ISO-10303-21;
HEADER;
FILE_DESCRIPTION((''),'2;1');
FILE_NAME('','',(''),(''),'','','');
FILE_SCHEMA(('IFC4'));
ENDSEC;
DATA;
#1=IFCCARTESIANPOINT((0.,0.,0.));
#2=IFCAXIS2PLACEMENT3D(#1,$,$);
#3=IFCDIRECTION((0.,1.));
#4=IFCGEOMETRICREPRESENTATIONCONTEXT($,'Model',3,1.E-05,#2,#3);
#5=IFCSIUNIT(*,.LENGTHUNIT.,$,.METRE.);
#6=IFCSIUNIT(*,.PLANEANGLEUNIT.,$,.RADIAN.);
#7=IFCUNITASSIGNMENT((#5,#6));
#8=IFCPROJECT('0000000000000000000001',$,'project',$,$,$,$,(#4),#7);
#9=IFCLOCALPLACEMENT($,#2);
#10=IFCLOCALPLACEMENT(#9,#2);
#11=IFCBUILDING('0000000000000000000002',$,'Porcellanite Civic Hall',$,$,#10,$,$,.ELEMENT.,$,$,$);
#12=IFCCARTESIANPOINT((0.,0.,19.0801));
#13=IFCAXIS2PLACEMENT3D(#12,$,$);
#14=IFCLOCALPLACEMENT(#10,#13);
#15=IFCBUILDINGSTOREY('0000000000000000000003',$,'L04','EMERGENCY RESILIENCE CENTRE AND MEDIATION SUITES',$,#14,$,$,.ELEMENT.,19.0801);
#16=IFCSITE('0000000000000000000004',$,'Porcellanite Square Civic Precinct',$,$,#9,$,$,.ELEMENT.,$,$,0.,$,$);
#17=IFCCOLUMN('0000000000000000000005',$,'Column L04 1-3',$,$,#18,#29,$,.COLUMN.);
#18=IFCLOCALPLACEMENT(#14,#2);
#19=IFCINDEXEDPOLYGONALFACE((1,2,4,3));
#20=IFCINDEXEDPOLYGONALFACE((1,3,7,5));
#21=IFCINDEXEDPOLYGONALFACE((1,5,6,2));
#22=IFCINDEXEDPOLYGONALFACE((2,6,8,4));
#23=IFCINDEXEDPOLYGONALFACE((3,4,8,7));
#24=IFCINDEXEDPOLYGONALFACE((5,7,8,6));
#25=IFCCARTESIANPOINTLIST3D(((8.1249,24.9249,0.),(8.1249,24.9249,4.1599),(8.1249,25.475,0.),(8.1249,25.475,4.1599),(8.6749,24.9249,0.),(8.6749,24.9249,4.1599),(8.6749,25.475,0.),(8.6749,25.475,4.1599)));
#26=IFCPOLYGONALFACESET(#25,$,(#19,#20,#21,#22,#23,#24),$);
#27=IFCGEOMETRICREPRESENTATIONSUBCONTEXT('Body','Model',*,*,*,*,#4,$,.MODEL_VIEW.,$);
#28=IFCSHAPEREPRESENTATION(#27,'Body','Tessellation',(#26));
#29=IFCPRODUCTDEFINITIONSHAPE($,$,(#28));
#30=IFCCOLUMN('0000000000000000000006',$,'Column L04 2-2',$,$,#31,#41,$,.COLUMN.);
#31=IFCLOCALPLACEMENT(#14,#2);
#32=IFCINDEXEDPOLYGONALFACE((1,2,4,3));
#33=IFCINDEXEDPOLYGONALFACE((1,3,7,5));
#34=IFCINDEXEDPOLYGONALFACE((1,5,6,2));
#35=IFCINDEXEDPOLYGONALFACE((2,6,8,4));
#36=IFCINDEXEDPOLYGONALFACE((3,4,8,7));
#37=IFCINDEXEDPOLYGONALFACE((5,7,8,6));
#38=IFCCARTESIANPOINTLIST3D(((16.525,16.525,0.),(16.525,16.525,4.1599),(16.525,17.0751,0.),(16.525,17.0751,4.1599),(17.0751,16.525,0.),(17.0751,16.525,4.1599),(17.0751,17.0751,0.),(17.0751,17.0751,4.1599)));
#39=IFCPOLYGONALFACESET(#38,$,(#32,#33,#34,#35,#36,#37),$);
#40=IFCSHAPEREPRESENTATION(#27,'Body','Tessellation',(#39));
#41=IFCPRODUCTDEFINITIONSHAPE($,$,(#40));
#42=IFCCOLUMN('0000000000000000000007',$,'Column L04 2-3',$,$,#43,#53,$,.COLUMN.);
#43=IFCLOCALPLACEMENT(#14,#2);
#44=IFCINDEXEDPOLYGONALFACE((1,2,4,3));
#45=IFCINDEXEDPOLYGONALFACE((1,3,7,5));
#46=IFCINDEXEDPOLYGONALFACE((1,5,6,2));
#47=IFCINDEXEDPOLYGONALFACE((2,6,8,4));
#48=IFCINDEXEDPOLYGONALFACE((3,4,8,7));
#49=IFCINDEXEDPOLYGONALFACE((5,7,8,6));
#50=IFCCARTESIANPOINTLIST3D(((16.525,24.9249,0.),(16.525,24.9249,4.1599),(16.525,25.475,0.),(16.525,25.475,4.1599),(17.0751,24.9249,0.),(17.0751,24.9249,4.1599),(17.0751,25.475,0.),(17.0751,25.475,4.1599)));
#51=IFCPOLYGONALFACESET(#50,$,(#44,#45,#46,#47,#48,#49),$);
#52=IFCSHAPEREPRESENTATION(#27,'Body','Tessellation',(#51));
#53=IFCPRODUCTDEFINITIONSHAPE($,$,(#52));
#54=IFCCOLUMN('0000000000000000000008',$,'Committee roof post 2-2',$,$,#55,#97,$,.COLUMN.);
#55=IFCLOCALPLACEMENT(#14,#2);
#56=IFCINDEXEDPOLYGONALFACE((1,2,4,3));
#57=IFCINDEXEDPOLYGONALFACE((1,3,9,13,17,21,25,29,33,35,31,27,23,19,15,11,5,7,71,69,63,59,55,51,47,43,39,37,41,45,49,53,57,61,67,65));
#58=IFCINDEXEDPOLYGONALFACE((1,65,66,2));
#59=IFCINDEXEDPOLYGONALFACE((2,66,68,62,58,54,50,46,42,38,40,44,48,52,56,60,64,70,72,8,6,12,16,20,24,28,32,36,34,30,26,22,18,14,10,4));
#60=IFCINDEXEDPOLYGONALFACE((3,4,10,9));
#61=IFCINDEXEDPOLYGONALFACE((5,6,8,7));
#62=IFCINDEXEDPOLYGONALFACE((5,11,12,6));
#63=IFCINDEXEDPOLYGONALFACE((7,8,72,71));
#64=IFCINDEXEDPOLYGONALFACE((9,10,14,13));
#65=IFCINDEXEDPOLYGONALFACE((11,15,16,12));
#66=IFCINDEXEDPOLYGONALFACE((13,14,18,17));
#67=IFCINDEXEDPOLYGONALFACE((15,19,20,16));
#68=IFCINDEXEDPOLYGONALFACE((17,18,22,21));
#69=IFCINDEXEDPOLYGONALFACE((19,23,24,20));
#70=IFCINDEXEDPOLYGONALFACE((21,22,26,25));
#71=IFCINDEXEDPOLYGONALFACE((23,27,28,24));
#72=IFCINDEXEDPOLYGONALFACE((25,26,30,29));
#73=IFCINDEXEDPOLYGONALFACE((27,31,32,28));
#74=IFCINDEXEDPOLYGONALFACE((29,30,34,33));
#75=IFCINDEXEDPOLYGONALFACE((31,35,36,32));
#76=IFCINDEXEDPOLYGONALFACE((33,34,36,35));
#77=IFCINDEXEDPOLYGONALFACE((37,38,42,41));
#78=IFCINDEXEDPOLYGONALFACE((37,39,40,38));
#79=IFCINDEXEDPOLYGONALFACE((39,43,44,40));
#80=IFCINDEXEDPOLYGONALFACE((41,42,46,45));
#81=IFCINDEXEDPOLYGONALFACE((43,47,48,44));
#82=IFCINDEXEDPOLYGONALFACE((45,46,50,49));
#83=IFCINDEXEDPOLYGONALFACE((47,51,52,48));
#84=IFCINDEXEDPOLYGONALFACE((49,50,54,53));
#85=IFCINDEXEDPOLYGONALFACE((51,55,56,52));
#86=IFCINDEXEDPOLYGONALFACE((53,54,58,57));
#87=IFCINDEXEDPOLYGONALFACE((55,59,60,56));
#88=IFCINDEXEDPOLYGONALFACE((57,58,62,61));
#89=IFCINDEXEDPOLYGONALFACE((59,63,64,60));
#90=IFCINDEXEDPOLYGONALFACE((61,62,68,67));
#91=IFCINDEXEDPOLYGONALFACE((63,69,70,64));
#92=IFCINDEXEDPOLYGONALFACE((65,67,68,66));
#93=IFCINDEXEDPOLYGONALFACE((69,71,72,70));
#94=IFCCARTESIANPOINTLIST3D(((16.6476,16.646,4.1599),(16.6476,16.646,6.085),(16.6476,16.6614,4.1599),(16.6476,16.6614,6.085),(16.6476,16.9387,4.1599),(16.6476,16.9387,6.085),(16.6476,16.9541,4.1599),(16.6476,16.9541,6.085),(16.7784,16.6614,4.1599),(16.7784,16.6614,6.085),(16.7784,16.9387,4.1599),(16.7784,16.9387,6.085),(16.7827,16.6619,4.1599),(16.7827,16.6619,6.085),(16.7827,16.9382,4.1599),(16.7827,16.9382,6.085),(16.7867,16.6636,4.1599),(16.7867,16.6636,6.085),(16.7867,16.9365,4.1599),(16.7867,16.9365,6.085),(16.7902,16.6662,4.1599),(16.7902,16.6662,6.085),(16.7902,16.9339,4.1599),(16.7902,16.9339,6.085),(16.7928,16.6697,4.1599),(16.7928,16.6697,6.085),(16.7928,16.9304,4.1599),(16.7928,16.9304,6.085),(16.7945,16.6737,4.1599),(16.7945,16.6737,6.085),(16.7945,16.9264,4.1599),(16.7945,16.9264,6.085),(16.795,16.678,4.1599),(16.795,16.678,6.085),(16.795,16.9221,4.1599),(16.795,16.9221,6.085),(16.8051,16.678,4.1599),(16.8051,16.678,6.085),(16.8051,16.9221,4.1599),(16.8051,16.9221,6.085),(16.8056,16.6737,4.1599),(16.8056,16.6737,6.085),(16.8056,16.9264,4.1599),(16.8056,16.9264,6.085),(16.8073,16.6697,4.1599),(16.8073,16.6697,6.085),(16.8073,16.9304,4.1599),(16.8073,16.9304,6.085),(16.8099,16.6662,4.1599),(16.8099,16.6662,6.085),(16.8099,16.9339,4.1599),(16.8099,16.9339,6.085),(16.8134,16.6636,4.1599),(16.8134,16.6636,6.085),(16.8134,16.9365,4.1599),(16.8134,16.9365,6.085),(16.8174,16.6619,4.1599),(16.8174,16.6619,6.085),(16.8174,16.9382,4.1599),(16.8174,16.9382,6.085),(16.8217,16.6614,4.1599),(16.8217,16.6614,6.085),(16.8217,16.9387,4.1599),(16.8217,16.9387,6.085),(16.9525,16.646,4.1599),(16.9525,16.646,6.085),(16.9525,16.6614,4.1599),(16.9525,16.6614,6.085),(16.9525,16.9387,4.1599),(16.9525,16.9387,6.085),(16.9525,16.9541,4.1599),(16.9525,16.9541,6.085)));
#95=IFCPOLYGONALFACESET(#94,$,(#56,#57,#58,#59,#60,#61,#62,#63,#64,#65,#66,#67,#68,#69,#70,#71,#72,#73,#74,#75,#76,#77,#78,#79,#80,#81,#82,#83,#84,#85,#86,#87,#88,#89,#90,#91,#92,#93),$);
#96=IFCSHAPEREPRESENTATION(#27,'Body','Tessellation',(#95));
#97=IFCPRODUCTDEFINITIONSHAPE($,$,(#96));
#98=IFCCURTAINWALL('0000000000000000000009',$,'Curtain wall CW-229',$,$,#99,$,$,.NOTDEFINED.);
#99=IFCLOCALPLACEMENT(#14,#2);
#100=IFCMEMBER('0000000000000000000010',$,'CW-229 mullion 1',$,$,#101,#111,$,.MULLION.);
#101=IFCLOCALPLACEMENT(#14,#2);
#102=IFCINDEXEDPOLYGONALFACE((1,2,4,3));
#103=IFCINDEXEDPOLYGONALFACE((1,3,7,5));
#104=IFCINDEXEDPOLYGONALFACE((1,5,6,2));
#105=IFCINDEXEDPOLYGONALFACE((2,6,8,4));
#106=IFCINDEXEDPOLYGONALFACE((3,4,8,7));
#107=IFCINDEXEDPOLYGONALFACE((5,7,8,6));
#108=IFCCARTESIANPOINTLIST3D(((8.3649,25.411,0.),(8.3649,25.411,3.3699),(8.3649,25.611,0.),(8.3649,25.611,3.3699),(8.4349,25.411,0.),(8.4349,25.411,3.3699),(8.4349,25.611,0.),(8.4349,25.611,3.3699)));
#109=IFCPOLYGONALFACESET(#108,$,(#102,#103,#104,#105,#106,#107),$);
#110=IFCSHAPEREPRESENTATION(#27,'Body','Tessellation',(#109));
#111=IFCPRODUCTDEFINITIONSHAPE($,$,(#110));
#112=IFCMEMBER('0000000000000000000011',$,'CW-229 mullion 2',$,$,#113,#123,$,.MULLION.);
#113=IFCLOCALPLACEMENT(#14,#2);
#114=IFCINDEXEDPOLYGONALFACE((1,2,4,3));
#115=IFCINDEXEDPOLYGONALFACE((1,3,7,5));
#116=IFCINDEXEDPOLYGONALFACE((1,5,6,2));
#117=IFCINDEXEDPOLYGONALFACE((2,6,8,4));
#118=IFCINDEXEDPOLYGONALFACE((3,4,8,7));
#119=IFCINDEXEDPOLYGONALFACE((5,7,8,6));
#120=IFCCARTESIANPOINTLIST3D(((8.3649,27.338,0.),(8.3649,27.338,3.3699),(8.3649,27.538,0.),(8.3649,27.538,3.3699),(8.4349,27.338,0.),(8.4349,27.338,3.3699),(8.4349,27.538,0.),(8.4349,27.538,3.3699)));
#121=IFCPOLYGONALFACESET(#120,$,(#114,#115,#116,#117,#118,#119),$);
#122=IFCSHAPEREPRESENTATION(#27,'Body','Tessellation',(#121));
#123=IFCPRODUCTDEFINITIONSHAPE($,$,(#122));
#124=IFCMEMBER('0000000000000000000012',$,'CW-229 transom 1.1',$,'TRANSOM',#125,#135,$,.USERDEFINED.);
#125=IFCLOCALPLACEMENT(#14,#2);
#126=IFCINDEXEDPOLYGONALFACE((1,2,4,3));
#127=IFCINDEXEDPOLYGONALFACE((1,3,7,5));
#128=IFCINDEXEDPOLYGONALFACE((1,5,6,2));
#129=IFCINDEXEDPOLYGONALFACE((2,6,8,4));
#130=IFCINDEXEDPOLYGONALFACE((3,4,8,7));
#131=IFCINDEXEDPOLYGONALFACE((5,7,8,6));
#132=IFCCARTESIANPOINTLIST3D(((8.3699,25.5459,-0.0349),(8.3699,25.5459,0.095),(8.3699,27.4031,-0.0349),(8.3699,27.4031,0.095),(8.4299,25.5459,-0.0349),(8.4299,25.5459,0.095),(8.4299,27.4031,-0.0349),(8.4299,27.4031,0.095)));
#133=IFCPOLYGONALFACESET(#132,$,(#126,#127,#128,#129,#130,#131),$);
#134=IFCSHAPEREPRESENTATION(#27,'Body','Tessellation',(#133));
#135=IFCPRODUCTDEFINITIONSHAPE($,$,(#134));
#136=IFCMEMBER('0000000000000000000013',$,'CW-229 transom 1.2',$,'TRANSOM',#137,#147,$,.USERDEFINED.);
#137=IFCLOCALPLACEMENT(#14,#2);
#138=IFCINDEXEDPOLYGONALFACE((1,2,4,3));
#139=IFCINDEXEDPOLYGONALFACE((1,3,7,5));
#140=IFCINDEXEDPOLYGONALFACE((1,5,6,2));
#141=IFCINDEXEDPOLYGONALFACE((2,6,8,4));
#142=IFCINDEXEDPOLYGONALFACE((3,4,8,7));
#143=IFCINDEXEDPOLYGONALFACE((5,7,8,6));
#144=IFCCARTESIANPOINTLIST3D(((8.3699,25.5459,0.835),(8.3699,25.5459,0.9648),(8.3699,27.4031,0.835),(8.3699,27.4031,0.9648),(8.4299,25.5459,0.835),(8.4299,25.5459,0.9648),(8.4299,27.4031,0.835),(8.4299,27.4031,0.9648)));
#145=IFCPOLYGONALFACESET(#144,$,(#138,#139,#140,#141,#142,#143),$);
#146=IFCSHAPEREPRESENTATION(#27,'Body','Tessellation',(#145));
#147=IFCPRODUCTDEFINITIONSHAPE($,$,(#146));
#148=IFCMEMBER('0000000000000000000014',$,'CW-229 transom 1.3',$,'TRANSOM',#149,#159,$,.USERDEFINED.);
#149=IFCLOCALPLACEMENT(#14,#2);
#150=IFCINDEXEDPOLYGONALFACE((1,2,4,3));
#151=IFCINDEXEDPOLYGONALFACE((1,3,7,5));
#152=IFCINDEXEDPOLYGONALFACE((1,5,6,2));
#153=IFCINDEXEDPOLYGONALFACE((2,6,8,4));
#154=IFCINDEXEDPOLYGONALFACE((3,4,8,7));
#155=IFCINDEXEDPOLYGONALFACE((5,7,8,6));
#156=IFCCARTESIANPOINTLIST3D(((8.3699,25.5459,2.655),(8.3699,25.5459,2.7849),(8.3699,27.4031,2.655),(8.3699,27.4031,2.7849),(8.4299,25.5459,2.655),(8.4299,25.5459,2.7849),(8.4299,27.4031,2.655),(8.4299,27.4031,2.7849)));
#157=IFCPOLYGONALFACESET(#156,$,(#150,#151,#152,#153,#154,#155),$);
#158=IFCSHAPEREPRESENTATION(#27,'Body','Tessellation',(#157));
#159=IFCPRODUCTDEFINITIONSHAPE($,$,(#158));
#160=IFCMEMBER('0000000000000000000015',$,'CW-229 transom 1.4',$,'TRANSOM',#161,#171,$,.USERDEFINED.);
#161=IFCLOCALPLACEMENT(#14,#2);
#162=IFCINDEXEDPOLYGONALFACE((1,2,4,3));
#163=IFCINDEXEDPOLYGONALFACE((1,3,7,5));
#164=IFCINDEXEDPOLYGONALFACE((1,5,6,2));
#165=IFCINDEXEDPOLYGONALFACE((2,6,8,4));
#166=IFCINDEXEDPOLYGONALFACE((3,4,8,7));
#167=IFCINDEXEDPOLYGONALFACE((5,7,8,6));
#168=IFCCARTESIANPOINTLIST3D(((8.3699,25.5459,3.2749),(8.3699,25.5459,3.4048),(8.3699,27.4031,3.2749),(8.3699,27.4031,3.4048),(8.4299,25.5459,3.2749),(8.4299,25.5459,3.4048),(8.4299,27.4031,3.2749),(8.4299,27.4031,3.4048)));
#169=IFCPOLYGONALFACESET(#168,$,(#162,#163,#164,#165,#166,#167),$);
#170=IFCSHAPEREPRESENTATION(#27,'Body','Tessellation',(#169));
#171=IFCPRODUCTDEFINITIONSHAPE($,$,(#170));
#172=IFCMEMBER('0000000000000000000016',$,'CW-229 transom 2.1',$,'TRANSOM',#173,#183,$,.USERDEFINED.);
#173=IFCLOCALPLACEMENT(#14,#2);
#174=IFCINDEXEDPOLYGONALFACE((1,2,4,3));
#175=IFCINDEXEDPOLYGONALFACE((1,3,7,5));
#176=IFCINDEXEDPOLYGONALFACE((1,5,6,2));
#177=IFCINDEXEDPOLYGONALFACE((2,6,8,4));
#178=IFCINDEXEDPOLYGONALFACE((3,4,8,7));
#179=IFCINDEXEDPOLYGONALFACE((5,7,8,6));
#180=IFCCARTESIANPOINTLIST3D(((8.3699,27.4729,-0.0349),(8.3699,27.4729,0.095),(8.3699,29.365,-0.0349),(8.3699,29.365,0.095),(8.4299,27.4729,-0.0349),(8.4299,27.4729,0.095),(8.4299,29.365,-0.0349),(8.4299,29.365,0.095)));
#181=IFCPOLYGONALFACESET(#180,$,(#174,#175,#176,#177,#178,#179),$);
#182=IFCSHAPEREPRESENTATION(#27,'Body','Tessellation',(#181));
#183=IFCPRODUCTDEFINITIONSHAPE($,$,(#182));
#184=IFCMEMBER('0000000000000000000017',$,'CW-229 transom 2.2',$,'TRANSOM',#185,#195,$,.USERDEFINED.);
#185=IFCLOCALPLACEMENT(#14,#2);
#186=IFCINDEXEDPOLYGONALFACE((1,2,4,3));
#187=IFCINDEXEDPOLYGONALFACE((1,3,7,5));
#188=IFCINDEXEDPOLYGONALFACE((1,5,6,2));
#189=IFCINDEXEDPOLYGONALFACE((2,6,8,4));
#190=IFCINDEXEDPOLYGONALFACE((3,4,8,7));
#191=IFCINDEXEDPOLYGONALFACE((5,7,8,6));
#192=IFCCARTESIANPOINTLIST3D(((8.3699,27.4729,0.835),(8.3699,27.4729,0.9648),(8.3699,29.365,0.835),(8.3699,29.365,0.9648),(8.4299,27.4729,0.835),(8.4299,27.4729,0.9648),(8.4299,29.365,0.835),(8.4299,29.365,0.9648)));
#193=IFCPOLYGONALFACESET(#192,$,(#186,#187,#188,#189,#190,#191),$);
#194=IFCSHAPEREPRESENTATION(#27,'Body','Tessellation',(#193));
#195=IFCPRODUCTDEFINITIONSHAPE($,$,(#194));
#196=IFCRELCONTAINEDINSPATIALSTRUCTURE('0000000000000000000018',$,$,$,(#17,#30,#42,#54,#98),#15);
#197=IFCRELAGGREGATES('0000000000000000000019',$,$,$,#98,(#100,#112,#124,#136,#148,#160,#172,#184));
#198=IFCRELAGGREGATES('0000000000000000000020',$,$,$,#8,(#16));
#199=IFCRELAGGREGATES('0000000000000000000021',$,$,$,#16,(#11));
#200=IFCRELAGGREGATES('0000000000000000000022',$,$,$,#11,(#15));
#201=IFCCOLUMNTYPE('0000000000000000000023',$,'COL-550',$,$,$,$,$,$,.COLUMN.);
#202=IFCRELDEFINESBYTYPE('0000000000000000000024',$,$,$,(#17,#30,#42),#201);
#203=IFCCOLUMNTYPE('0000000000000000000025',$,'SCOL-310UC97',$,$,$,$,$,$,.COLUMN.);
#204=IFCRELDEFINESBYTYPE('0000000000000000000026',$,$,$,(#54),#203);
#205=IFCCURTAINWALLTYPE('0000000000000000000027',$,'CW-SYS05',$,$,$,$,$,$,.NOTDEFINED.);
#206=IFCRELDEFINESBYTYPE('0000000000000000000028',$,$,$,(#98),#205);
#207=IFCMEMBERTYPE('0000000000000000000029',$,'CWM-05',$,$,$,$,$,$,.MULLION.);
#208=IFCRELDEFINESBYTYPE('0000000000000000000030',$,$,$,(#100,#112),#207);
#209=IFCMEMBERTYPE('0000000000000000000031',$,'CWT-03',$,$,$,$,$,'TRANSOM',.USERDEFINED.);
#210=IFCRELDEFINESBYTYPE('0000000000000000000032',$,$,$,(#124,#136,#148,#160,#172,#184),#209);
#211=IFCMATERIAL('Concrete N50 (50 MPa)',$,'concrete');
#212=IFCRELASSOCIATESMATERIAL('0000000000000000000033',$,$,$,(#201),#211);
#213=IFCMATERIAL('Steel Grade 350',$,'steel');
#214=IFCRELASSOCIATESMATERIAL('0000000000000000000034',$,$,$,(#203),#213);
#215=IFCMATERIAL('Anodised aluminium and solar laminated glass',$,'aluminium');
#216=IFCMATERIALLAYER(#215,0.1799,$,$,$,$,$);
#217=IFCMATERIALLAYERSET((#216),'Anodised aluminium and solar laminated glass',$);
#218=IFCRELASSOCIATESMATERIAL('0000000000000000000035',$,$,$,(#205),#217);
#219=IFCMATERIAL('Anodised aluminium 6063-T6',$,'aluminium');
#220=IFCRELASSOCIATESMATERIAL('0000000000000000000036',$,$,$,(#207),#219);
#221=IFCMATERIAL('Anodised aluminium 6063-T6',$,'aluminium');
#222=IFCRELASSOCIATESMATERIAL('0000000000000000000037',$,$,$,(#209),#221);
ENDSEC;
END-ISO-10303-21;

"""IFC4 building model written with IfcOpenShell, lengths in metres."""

from ifc_helpers import new_model, si_unit, direction, frame, origin, origin_2d, place, context, subcontext, project, spatial, rectangle, i_section, extrude, material, layer, layer_set, material_profile, profile_set, type_object, element, aggregate, save


model = new_model("IFC4")

# Units and contexts
model_context = context("Model", 3, precision=1e-05, world=origin(), true_north=direction((0.0, 1.0)))
body_context = subcontext(model_context, "Body", "Model", "MODEL_VIEW")
ifc_project = project(units=[si_unit("LENGTHUNIT", "METRE"), si_unit("PLANEANGLEUNIT", "RADIAN")], contexts=[model_context])

# Site, building, storey
site_placement = place(None, origin())
site = spatial("IfcSite", under=ifc_project, at=site_placement, Name="Porcellanite Square Civic Precinct", CompositionType="ELEMENT", RefElevation=0.0)
building_placement = place(site_placement, origin())
building = spatial("IfcBuilding", under=site, at=building_placement, Name="Porcellanite Civic Hall", CompositionType="ELEMENT")
storey_placement = place(building_placement, frame((0.0, 0.0, 19.0801)))
storey = spatial("IfcBuildingStorey", under=building, at=storey_placement, Name="L04", Description="EMERGENCY RESILIENCE CENTRE AND MEDIATION SUITES", CompositionType="ELEMENT", Elevation=19.0801)

# Columns
ifc_material_1 = material(Name="Concrete N50 (50 MPa)", Category="concrete")
ifc_material_profile_1 = material_profile(ifc_material_1, rectangle(XDim=0.55, YDim=0.55, at=origin_2d()), Name="RC-550x550")
ifc_profile_set_1 = profile_set([ifc_material_profile_1], Name="Concrete N50 (50 MPa)")
column_type_1 = type_object("IfcColumnType", Name="COL-550", PredefinedType="COLUMN", material=ifc_profile_set_1)
for number, where, z_axis, x_axis, name in (
    (1, (8.3999, 25.2, 0.0), (0.0, 0.0, 1.0), (1.0, 0.0, 0.0), "Column L04 1-3"),
    (2, (16.8, 16.8, 0.0), (0.0, 0.0, 1.0), (1.0, 0.0, 0.0), "Column L04 2-2"),
    (3, (16.8, 25.2, 0.0), (0.0, 0.0, 1.0), (1.0, 0.0, 0.0), "Column L04 2-3"),
):
    element("IfcColumn", number, at=place(storey_placement, frame(where, z_axis=z_axis, x_axis=x_axis)), inside=storey, type_object=column_type_1, Name=name, PredefinedType="COLUMN", context=body_context, shape_type="SweptSolid", body=[
        extrude(rectangle(XDim=0.55, YDim=0.55, at=origin_2d()), origin(), (0.0, 0.0, 1.0), 4.1599),
    ])
ifc_material_2 = material(Name="Steel Grade 350", Category="steel")
ifc_material_profile_2 = material_profile(ifc_material_2, i_section(OverallWidth=0.3049, OverallDepth=0.3081, WebThickness=0.01, FlangeThickness=0.0154, FilletRadius=0.0166, at=origin_2d()), Name="310UC96.8")
ifc_profile_set_2 = profile_set([ifc_material_profile_2], Name="Steel Grade 350")
column_type_2 = type_object("IfcColumnType", Name="SCOL-310UC97", PredefinedType="COLUMN", material=ifc_profile_set_2)
column_placement = place(storey_placement, frame((16.8, 16.8, 4.1599), z_axis=(0.0, 0.0, 1.0), x_axis=(1.0, 0.0, 0.0)))
element("IfcColumn", 4, at=column_placement, inside=storey, type_object=column_type_2, Name="Committee roof post 2-2", PredefinedType="COLUMN", context=body_context, shape_type="SweptSolid", body=[
    extrude(i_section(OverallWidth=0.3049, OverallDepth=0.3081, WebThickness=0.01, FlangeThickness=0.0154, FilletRadius=0.0166, at=origin_2d()), origin(), (0.0, 0.0, 1.0), 1.925),
])

# Curtain wall, members
ifc_material_3 = material(Name="Anodised aluminium and solar laminated glass", Category="aluminium")
ifc_layer_1 = layer(ifc_material_3, 0.1799)
ifc_layer_set_1 = layer_set([ifc_layer_1], Name="Anodised aluminium and solar laminated glass")
curtain_wall_type = type_object("IfcCurtainWallType", Name="CW-SYS05", PredefinedType="NOTDEFINED", material=ifc_layer_set_1)
curtain_wall_placement = place(storey_placement, origin())
curtain_wall = element("IfcCurtainWall", 5, at=curtain_wall_placement, inside=storey, type_object=curtain_wall_type, Name="Curtain wall CW-229", PredefinedType="NOTDEFINED")
ifc_material_4 = material(Name="Anodised aluminium 6063-T6", Category="aluminium")
ifc_material_profile_3 = material_profile(ifc_material_4, rectangle(XDim=0.0701, YDim=0.2, at=origin_2d()), Name="AL-70x200")
ifc_profile_set_3 = profile_set([ifc_material_profile_3], Name="Anodised aluminium 6063-T6")
member_type_1 = type_object("IfcMemberType", Name="CWM-05", PredefinedType="MULLION", material=ifc_profile_set_3)
member_1_placement = place(storey_placement, frame((8.3999, 25.511, 0.0), z_axis=(0.0, 0.0, 1.0), x_axis=(-1.0, 0.0, 0.0)))
member_1 = element("IfcMember", 6, at=member_1_placement, type_object=member_type_1, Name="CW-229 mullion 1", PredefinedType="MULLION", context=body_context, shape_type="SweptSolid", body=[
    extrude(rectangle(XDim=0.0701, YDim=0.2, at=origin_2d()), origin(), (0.0, 0.0, 1.0), 3.3699),
])
member_2_placement = place(storey_placement, frame((8.3999, 27.438, 0.0), z_axis=(0.0, 0.0, 1.0), x_axis=(-1.0, 0.0, 0.0)))
member_2 = element("IfcMember", 7, at=member_2_placement, type_object=member_type_1, Name="CW-229 mullion 2", PredefinedType="MULLION", context=body_context, shape_type="SweptSolid", body=[
    extrude(rectangle(XDim=0.0701, YDim=0.2, at=origin_2d()), origin(), (0.0, 0.0, 1.0), 3.3699),
])
ifc_material_5 = material(Name="Anodised aluminium 6063-T6", Category="aluminium")
ifc_material_profile_4 = material_profile(ifc_material_5, rectangle(XDim=0.0601, YDim=0.1299, at=origin_2d()), Name="AL-60x130")
ifc_profile_set_4 = profile_set([ifc_material_profile_4], Name="Anodised aluminium 6063-T6")
member_type_2 = type_object("IfcMemberType", Name="CWT-03", ElementType="TRANSOM", PredefinedType="USERDEFINED", material=ifc_profile_set_4)
member_3_placement = place(storey_placement, frame((8.3999, 25.5459, 0.03), z_axis=(0.0, 1.0, 0.0), x_axis=(-1.0, 0.0, 0.0)))
member_3 = element("IfcMember", 8, at=member_3_placement, type_object=member_type_2, Name="CW-229 transom 1.1", ObjectType="TRANSOM", PredefinedType="USERDEFINED", context=body_context, shape_type="SweptSolid", body=[
    extrude(rectangle(XDim=0.0601, YDim=0.1299, at=origin_2d()), origin(), (0.0, 0.0, 1.0), 1.8572),
])
member_4_placement = place(storey_placement, frame((8.3999, 25.5459, 0.8999), z_axis=(0.0, 1.0, 0.0), x_axis=(-1.0, 0.0, 0.0)))
member_4 = element("IfcMember", 9, at=member_4_placement, type_object=member_type_2, Name="CW-229 transom 1.2", ObjectType="TRANSOM", PredefinedType="USERDEFINED", context=body_context, shape_type="SweptSolid", body=[
    extrude(rectangle(XDim=0.0601, YDim=0.1299, at=origin_2d()), origin(), (0.0, 0.0, 1.0), 1.8572),
])
member_5_placement = place(storey_placement, frame((8.3999, 25.5459, 2.72), z_axis=(0.0, 1.0, 0.0), x_axis=(-1.0, 0.0, 0.0)))
member_5 = element("IfcMember", 10, at=member_5_placement, type_object=member_type_2, Name="CW-229 transom 1.3", ObjectType="TRANSOM", PredefinedType="USERDEFINED", context=body_context, shape_type="SweptSolid", body=[
    extrude(rectangle(XDim=0.0601, YDim=0.1299, at=origin_2d()), origin(), (0.0, 0.0, 1.0), 1.8572),
])
member_6_placement = place(storey_placement, frame((8.3999, 25.5459, 3.3398), z_axis=(0.0, 1.0, 0.0), x_axis=(-1.0, 0.0, 0.0)))
member_6 = element("IfcMember", 11, at=member_6_placement, type_object=member_type_2, Name="CW-229 transom 1.4", ObjectType="TRANSOM", PredefinedType="USERDEFINED", context=body_context, shape_type="SweptSolid", body=[
    extrude(rectangle(XDim=0.0601, YDim=0.1299, at=origin_2d()), origin(), (0.0, 0.0, 1.0), 1.8572),
])
member_7_placement = place(storey_placement, frame((8.3999, 27.4729, 0.03), z_axis=(0.0, 1.0, 0.0), x_axis=(-1.0, 0.0, 0.0)))
member_7 = element("IfcMember", 12, at=member_7_placement, type_object=member_type_2, Name="CW-229 transom 2.1", ObjectType="TRANSOM", PredefinedType="USERDEFINED", context=body_context, shape_type="SweptSolid", body=[
    extrude(rectangle(XDim=0.0601, YDim=0.1299, at=origin_2d()), origin(), (0.0, 0.0, 1.0), 1.8921),
])
member_8_placement = place(storey_placement, frame((8.3999, 27.4729, 0.8999), z_axis=(0.0, 1.0, 0.0), x_axis=(-1.0, 0.0, 0.0)))
member_8 = element("IfcMember", 13, at=member_8_placement, type_object=member_type_2, Name="CW-229 transom 2.2", ObjectType="TRANSOM", PredefinedType="USERDEFINED", context=body_context, shape_type="SweptSolid", body=[
    extrude(rectangle(XDim=0.0601, YDim=0.1299, at=origin_2d()), origin(), (0.0, 0.0, 1.0), 1.8921),
])

aggregate(curtain_wall, [member_1, member_2, member_3, member_4, member_5, member_6, member_7, member_8])

save(model, "model.ifc")
